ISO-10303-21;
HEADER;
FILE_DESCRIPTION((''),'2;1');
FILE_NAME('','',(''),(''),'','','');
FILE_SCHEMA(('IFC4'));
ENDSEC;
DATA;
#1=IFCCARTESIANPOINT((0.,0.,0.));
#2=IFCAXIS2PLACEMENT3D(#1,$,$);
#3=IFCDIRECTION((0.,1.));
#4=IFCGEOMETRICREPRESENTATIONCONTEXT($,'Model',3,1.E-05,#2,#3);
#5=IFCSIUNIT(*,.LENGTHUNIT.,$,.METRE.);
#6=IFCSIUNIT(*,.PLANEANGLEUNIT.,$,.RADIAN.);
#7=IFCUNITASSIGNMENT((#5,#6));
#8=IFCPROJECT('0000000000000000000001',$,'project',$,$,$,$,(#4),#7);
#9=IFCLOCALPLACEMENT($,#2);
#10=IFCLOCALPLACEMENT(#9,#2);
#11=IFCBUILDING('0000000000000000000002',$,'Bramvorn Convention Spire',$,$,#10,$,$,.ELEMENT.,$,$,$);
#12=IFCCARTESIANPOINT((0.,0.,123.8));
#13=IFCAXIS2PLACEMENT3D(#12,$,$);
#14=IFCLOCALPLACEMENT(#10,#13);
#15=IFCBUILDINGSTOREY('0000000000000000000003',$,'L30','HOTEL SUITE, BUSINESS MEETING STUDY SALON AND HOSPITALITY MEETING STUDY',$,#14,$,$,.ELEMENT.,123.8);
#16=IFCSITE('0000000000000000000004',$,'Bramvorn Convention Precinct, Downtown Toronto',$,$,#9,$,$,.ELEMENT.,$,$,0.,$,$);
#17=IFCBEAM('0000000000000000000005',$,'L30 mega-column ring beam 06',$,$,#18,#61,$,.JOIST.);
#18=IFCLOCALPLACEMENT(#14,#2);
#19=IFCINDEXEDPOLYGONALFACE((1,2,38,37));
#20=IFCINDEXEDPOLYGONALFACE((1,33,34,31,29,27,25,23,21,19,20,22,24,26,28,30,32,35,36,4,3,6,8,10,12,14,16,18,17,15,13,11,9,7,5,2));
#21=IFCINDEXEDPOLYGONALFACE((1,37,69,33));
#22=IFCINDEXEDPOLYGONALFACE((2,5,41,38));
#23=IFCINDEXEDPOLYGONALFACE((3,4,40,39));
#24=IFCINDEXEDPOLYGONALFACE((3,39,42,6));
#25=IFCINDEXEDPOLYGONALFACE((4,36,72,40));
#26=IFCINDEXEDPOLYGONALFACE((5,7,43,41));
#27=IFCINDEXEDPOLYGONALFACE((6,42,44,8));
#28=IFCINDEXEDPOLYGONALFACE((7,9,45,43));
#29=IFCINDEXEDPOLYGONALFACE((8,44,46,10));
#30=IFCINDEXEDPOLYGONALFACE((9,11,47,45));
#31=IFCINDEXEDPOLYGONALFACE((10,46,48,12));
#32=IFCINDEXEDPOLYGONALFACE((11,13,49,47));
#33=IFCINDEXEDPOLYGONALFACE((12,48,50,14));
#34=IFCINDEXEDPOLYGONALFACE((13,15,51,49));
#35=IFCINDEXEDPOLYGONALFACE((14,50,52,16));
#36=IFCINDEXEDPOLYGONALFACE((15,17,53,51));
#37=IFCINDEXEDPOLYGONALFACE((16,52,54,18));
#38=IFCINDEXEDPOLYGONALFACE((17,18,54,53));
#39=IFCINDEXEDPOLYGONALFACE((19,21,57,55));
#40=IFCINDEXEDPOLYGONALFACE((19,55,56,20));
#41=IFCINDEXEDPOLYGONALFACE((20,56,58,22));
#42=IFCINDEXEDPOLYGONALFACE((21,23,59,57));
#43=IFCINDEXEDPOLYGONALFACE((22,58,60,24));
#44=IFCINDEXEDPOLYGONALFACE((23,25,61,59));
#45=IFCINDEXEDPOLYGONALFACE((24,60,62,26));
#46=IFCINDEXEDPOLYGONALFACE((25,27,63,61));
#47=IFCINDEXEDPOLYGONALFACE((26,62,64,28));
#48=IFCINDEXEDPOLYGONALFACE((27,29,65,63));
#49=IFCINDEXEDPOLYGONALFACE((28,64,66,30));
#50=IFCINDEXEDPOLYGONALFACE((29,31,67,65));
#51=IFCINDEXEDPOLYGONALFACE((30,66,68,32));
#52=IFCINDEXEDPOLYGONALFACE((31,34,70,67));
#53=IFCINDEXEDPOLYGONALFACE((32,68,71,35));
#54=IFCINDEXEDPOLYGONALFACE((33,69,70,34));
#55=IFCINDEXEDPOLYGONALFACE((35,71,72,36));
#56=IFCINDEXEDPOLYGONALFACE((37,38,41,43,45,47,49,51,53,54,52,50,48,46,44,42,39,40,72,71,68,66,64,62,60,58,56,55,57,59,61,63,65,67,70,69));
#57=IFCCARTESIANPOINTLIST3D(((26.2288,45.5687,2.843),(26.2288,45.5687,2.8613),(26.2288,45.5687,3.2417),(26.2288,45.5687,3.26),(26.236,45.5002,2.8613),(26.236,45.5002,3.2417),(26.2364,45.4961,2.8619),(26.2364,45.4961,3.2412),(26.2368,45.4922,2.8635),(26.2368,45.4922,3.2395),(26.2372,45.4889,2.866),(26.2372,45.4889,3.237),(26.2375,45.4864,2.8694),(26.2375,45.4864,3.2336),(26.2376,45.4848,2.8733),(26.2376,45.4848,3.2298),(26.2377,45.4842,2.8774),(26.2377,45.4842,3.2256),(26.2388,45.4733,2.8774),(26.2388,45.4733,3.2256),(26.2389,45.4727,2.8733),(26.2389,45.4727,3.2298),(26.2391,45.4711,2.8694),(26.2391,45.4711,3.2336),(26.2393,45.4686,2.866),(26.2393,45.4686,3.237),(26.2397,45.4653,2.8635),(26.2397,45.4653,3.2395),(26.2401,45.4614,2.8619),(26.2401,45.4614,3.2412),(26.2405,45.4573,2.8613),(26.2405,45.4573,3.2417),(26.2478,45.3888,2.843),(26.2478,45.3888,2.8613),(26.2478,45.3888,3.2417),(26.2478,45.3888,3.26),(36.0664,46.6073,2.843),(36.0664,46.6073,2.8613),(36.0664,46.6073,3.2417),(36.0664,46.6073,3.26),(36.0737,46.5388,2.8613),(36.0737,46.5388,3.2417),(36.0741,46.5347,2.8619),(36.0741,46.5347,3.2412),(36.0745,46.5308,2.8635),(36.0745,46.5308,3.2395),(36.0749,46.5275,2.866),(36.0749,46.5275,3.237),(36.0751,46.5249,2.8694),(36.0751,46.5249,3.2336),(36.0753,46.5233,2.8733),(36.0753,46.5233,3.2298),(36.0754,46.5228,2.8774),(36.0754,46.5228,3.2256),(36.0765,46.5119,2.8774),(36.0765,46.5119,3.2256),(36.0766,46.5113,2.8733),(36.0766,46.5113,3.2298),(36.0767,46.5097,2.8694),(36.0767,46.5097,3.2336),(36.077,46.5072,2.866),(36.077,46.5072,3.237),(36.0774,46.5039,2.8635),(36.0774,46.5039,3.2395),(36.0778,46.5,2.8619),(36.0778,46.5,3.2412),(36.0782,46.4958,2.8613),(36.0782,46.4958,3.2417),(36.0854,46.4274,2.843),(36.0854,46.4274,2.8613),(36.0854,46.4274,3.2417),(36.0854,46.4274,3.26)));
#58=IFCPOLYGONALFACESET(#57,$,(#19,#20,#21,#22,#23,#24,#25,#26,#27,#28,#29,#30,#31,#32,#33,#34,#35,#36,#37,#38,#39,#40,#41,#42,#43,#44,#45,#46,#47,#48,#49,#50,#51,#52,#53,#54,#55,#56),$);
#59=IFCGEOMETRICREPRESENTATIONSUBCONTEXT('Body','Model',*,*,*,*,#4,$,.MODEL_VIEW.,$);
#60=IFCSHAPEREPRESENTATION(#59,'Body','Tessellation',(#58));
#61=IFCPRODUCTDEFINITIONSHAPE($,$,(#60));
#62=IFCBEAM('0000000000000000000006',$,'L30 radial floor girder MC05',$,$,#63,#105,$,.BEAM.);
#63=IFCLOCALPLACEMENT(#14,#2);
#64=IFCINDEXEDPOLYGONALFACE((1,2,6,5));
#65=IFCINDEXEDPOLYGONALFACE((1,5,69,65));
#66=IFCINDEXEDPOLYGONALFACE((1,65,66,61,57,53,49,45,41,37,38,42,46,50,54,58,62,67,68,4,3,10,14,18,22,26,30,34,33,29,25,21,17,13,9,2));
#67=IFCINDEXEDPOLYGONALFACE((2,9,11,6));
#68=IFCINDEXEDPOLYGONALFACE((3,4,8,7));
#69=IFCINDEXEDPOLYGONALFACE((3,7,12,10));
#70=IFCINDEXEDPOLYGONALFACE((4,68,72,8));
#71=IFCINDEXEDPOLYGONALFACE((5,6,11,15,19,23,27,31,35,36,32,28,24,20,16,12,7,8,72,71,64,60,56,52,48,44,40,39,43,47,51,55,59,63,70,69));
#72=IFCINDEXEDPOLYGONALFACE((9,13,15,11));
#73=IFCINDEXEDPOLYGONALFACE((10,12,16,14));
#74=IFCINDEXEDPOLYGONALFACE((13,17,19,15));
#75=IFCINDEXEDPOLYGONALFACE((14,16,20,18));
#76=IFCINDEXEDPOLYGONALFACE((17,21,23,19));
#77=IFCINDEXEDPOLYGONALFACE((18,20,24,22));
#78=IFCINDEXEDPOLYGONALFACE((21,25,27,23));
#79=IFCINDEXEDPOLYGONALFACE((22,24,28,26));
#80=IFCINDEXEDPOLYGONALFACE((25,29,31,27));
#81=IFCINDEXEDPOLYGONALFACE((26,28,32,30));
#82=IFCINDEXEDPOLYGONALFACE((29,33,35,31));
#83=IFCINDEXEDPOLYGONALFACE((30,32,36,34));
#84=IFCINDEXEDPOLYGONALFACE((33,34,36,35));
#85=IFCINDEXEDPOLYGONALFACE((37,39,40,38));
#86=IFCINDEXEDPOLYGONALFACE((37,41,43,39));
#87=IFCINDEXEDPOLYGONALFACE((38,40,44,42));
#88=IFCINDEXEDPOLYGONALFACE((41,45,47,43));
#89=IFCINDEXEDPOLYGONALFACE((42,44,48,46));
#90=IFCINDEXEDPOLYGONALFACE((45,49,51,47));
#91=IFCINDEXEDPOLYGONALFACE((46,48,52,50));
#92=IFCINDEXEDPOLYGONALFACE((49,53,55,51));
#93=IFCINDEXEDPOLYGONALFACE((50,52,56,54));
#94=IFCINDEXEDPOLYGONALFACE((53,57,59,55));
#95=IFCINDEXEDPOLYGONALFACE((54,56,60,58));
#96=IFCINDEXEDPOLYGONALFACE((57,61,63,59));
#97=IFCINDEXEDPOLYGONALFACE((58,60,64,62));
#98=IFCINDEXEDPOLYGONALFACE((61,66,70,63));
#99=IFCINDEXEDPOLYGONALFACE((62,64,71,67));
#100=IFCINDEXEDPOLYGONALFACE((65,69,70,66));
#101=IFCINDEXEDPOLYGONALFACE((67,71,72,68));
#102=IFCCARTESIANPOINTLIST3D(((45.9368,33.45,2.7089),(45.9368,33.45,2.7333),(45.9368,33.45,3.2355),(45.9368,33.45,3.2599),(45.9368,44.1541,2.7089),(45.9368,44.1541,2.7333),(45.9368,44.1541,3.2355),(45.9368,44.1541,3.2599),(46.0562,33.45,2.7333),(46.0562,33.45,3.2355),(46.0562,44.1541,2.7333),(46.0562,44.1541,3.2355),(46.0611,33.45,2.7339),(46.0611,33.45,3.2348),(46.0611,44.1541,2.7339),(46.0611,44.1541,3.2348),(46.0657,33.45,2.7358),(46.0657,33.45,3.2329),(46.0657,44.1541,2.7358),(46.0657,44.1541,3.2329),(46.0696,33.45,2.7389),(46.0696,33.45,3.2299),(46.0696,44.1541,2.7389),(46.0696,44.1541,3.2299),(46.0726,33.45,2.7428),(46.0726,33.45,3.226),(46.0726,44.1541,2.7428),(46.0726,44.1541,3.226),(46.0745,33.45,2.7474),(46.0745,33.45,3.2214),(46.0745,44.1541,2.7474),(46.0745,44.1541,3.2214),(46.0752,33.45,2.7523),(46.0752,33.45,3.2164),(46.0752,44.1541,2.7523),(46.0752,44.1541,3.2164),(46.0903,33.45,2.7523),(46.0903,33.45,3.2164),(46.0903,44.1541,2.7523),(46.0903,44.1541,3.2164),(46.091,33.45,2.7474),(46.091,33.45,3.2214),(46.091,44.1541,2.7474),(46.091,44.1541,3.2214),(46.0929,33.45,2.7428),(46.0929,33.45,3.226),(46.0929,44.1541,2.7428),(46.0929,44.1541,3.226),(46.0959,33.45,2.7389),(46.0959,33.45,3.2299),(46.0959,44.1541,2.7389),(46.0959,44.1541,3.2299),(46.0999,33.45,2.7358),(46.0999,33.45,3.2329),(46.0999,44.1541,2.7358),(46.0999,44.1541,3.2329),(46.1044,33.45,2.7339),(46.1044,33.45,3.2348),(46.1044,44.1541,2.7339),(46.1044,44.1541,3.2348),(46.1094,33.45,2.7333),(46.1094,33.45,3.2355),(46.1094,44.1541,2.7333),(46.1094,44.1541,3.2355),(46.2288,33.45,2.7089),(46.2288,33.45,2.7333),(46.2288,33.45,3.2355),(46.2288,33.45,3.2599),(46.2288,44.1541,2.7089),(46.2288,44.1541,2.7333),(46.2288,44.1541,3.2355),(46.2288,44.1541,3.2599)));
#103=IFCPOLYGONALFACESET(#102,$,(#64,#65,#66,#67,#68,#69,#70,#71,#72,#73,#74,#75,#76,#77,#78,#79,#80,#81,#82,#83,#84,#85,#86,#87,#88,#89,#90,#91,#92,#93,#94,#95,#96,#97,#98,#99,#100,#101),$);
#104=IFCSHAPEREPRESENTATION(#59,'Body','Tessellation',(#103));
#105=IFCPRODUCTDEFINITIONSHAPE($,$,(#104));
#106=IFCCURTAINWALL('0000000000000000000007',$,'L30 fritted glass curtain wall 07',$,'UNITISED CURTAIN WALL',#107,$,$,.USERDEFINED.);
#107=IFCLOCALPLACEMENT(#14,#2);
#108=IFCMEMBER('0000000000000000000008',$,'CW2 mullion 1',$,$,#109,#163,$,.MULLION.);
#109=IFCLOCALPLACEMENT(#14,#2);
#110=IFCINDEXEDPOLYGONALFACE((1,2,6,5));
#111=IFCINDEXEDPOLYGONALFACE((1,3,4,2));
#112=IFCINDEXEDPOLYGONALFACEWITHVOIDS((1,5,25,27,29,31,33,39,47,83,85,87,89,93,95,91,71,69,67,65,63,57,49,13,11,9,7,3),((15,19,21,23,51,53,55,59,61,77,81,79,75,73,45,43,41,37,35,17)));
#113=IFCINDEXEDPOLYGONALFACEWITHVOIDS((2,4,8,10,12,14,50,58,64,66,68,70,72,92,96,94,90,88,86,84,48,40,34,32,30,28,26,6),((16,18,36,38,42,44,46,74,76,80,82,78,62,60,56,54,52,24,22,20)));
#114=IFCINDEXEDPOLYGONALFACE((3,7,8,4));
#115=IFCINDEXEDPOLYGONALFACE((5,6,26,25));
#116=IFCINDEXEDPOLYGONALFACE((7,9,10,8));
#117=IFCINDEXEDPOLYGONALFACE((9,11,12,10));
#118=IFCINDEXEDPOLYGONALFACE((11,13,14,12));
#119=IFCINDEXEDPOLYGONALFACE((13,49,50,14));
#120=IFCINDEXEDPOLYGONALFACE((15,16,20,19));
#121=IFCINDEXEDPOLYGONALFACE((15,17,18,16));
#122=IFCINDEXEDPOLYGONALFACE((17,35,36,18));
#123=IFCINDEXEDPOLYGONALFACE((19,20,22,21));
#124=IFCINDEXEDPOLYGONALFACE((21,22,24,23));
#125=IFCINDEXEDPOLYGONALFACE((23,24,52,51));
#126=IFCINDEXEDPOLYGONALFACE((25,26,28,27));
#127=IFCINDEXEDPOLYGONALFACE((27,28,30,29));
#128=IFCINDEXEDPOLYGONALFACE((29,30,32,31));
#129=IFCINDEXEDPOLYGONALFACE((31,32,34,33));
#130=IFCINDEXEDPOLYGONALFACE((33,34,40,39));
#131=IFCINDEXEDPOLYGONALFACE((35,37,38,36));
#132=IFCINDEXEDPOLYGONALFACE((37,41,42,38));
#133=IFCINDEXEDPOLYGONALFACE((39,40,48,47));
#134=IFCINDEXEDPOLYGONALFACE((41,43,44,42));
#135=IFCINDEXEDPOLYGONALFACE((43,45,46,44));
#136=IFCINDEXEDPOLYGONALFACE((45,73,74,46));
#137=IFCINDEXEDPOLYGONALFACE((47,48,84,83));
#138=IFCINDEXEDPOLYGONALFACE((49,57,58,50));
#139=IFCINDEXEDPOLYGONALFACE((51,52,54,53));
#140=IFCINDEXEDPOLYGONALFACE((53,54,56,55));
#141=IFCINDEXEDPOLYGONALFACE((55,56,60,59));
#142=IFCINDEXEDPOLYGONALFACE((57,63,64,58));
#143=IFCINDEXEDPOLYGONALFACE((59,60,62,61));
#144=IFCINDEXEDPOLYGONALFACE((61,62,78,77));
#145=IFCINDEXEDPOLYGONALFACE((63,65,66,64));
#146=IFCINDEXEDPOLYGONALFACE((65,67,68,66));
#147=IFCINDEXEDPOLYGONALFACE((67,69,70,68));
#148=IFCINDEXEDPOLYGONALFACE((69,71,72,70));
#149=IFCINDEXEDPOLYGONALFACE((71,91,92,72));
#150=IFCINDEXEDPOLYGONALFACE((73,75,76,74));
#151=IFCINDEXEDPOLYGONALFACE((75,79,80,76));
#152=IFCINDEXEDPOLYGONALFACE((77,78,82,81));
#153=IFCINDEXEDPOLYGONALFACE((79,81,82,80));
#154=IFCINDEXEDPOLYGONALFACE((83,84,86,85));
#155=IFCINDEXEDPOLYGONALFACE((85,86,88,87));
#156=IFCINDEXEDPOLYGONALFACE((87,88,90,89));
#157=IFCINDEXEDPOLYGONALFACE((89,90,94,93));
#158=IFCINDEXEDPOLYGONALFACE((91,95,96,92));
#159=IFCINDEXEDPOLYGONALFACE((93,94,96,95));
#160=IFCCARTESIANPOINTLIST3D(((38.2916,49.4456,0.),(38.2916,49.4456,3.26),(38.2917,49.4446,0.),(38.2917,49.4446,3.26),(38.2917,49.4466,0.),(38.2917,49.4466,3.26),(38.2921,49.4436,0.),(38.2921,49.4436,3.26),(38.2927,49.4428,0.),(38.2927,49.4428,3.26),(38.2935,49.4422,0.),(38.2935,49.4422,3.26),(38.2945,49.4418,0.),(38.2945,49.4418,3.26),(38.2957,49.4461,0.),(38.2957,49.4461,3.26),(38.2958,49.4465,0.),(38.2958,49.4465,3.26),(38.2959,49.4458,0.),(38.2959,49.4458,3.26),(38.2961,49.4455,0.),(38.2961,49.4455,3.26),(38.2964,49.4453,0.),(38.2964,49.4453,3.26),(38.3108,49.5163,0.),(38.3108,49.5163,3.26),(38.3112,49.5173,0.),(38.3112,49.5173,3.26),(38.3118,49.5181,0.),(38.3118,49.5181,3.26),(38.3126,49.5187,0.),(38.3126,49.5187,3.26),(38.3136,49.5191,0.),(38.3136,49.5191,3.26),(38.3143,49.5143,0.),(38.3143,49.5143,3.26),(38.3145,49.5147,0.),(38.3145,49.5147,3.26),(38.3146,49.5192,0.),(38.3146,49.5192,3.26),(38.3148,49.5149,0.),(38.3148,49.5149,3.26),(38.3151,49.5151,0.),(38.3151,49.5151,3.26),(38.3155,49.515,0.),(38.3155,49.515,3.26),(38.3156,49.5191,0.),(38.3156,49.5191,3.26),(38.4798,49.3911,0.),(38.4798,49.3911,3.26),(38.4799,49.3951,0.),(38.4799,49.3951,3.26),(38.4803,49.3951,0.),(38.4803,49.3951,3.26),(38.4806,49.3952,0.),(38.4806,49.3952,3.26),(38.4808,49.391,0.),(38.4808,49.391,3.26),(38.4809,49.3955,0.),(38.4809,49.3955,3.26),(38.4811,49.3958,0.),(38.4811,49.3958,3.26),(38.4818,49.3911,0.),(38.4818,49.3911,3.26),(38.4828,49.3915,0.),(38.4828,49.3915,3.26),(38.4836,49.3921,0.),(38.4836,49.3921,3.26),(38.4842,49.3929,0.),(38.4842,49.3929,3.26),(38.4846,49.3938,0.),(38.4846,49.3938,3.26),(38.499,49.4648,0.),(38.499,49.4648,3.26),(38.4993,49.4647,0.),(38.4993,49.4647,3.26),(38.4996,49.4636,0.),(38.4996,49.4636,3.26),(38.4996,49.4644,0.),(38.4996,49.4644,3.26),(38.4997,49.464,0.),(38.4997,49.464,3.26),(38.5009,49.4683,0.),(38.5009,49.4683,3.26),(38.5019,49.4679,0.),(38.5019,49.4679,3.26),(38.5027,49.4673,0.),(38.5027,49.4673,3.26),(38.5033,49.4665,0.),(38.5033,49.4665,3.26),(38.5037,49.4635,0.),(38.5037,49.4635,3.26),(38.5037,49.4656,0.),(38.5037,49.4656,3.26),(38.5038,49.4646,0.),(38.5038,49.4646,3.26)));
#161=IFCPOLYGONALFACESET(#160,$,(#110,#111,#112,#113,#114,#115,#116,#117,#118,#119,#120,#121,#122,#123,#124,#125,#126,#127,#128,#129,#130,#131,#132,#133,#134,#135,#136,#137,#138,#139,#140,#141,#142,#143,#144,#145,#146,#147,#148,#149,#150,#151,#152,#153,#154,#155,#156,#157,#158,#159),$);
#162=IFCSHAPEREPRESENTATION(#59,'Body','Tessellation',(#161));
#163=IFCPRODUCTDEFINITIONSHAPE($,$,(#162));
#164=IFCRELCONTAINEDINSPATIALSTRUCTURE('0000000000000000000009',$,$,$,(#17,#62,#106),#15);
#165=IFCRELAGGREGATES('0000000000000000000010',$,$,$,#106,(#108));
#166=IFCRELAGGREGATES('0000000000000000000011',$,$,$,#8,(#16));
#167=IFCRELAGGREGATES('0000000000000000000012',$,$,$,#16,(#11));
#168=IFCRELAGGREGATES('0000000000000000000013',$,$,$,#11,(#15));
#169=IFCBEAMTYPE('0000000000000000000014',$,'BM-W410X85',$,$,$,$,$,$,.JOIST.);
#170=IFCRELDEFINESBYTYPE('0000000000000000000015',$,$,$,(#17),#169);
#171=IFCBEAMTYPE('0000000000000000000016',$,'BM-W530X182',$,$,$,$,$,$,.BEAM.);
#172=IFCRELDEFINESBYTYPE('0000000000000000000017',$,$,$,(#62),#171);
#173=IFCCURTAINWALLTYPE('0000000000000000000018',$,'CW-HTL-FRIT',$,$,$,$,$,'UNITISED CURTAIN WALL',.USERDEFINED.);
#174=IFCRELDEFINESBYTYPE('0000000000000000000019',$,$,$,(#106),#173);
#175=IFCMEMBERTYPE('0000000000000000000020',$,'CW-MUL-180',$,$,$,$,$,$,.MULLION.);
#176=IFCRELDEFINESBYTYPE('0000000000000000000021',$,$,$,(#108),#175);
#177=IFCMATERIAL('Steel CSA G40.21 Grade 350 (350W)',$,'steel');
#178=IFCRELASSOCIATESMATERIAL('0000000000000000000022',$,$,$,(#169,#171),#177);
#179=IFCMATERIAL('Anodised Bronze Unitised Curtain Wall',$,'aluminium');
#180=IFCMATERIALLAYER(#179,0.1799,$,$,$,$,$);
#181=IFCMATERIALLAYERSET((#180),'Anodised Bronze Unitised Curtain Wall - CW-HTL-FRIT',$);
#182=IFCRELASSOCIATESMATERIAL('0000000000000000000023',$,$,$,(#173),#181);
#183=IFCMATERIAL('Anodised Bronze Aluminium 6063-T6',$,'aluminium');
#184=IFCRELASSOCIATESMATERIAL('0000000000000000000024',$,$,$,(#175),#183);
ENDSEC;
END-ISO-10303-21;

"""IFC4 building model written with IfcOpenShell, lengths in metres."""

from ifc_helpers import new_model, si_unit, direction, frame, origin, origin_2d, place, context, subcontext, project, spatial, hollow_rectangle, i_section, extrude, material, layer, layer_set, material_profile, profile_set, type_object, element, aggregate, save


model = new_model("IFC4")

# Units and contexts
model_context = context("Model", 3, precision=1e-05, world=origin(), true_north=direction((0.0, 1.0)))
body_context = subcontext(model_context, "Body", "Model", "MODEL_VIEW")
ifc_project = project(units=[si_unit("LENGTHUNIT", "METRE"), si_unit("PLANEANGLEUNIT", "RADIAN")], contexts=[model_context])

# Site, building, storey
site_placement = place(None, origin())
site = spatial("IfcSite", under=ifc_project, at=site_placement, Name="Bramvorn Convention Precinct, Downtown Toronto", CompositionType="ELEMENT", RefElevation=0.0)
building_placement = place(site_placement, origin())
building = spatial("IfcBuilding", under=site, at=building_placement, Name="Bramvorn Convention Spire", CompositionType="ELEMENT")
storey_placement = place(building_placement, frame((0.0, 0.0, 123.8)))
storey = spatial("IfcBuildingStorey", under=building, at=storey_placement, Name="L30", Description="HOTEL SUITE, BUSINESS MEETING STUDY SALON AND HOSPITALITY MEETING STUDY", CompositionType="ELEMENT", Elevation=123.8)

# Shared definitions
ifc_material_1 = material(Name="Steel CSA G40.21 Grade 350 (350W)", Category="steel")

# Beams
ifc_material_profile_1 = material_profile(ifc_material_1, i_section(OverallWidth=0.1809, OverallDepth=0.417, WebThickness=0.011, FlangeThickness=0.0183, FilletRadius=0.0161, at=origin_2d()))
ifc_profile_set_1 = profile_set([ifc_material_profile_1], Name="Steel CSA G40.21 Grade 350 (350W) - W410X85")
beam_type_1 = type_object("IfcBeamType", Name="BM-W410X85", PredefinedType="JOIST", material=ifc_profile_set_1)
beam_1_placement = place(storey_placement, frame((36.0759, 46.5173, 3.0515), z_axis=(-0.994473, -0.104988, 0.0), x_axis=(0.104988, -0.994473, 0.0)))
element("IfcBeam", 1, at=beam_1_placement, inside=storey, type_object=beam_type_1, Name="L30 mega-column ring beam 06", PredefinedType="JOIST", context=body_context, shape_type="SweptSolid", body=[
    extrude(i_section(OverallWidth=0.1809, OverallDepth=0.417, WebThickness=0.011, FlangeThickness=0.0183, FilletRadius=0.0161, at=origin_2d()), origin(), (0.0, 0.0, 1.0), 9.8923),
])
ifc_material_profile_2 = material_profile(ifc_material_1, i_section(OverallWidth=0.292, OverallDepth=0.551, WebThickness=0.0151, FlangeThickness=0.0244, FilletRadius=0.019, at=origin_2d()))
ifc_profile_set_2 = profile_set([ifc_material_profile_2], Name="Steel CSA G40.21 Grade 350 (350W) - W530X182")
beam_type_2 = type_object("IfcBeamType", Name="BM-W530X182", PredefinedType="BEAM", material=ifc_profile_set_2)
beam_2_placement = place(storey_placement, frame((46.0828, 33.45, 2.9844), z_axis=(0.0, 1.0, 0.0), x_axis=(-1.0, 0.0, 0.0)))
element("IfcBeam", 2, at=beam_2_placement, inside=storey, type_object=beam_type_2, Name="L30 radial floor girder MC05", PredefinedType="BEAM", context=body_context, shape_type="SweptSolid", body=[
    extrude(i_section(OverallWidth=0.292, OverallDepth=0.551, WebThickness=0.0151, FlangeThickness=0.0244, FilletRadius=0.019, at=origin_2d()), origin(), (0.0, 0.0, 1.0), 10.7041),
])

# Curtain wall, member
ifc_material_2 = material(Name="Anodised Bronze Unitised Curtain Wall", Category="aluminium")
ifc_layer_1 = layer(ifc_material_2, 0.1799)
ifc_layer_set_1 = layer_set([ifc_layer_1], Name="Anodised Bronze Unitised Curtain Wall - CW-HTL-FRIT")
curtain_wall_type = type_object("IfcCurtainWallType", Name="CW-HTL-FRIT", ElementType="UNITISED CURTAIN WALL", PredefinedType="USERDEFINED", material=ifc_layer_set_1)
curtain_wall_1_placement = place(storey_placement, origin())
curtain_wall_1 = element("IfcCurtainWall", 3, at=curtain_wall_1_placement, inside=storey, type_object=curtain_wall_type, Name="L30 fritted glass curtain wall 07", ObjectType="UNITISED CURTAIN WALL", PredefinedType="USERDEFINED")
ifc_material_3 = material(Name="Anodised Bronze Aluminium 6063-T6", Category="aluminium")
ifc_material_profile_3 = material_profile(ifc_material_3, hollow_rectangle(XDim=0.0801, YDim=0.2, WallThickness=0.0039, InnerFilletRadius=0.001, OuterFilletRadius=0.0039, at=origin_2d()))
ifc_profile_set_3 = profile_set([ifc_material_profile_3], Name="Anodised Bronze Aluminium 6063-T6 - CWM80X200")
member_type_1 = type_object("IfcMemberType", Name="CW-MUL-180", PredefinedType="MULLION", material=ifc_profile_set_3)
member_1_placement = place(storey_placement, frame((38.3977, 49.4551, 0.0), z_axis=(0.0, 0.0, 1.0), x_axis=(0.263919, 0.964545, 0.0)))
member_1 = element("IfcMember", 4, at=member_1_placement, type_object=member_type_1, Name="CW2 mullion 1", PredefinedType="MULLION", context=body_context, shape_type="SweptSolid", body=[
    extrude(hollow_rectangle(XDim=0.0801, YDim=0.2, WallThickness=0.0039, InnerFilletRadius=0.001, OuterFilletRadius=0.0039, at=origin_2d()), origin(), (0.0, 0.0, 1.0), 3.26),
])

aggregate(curtain_wall_1, [member_1])

save(model, "model.ifc")
